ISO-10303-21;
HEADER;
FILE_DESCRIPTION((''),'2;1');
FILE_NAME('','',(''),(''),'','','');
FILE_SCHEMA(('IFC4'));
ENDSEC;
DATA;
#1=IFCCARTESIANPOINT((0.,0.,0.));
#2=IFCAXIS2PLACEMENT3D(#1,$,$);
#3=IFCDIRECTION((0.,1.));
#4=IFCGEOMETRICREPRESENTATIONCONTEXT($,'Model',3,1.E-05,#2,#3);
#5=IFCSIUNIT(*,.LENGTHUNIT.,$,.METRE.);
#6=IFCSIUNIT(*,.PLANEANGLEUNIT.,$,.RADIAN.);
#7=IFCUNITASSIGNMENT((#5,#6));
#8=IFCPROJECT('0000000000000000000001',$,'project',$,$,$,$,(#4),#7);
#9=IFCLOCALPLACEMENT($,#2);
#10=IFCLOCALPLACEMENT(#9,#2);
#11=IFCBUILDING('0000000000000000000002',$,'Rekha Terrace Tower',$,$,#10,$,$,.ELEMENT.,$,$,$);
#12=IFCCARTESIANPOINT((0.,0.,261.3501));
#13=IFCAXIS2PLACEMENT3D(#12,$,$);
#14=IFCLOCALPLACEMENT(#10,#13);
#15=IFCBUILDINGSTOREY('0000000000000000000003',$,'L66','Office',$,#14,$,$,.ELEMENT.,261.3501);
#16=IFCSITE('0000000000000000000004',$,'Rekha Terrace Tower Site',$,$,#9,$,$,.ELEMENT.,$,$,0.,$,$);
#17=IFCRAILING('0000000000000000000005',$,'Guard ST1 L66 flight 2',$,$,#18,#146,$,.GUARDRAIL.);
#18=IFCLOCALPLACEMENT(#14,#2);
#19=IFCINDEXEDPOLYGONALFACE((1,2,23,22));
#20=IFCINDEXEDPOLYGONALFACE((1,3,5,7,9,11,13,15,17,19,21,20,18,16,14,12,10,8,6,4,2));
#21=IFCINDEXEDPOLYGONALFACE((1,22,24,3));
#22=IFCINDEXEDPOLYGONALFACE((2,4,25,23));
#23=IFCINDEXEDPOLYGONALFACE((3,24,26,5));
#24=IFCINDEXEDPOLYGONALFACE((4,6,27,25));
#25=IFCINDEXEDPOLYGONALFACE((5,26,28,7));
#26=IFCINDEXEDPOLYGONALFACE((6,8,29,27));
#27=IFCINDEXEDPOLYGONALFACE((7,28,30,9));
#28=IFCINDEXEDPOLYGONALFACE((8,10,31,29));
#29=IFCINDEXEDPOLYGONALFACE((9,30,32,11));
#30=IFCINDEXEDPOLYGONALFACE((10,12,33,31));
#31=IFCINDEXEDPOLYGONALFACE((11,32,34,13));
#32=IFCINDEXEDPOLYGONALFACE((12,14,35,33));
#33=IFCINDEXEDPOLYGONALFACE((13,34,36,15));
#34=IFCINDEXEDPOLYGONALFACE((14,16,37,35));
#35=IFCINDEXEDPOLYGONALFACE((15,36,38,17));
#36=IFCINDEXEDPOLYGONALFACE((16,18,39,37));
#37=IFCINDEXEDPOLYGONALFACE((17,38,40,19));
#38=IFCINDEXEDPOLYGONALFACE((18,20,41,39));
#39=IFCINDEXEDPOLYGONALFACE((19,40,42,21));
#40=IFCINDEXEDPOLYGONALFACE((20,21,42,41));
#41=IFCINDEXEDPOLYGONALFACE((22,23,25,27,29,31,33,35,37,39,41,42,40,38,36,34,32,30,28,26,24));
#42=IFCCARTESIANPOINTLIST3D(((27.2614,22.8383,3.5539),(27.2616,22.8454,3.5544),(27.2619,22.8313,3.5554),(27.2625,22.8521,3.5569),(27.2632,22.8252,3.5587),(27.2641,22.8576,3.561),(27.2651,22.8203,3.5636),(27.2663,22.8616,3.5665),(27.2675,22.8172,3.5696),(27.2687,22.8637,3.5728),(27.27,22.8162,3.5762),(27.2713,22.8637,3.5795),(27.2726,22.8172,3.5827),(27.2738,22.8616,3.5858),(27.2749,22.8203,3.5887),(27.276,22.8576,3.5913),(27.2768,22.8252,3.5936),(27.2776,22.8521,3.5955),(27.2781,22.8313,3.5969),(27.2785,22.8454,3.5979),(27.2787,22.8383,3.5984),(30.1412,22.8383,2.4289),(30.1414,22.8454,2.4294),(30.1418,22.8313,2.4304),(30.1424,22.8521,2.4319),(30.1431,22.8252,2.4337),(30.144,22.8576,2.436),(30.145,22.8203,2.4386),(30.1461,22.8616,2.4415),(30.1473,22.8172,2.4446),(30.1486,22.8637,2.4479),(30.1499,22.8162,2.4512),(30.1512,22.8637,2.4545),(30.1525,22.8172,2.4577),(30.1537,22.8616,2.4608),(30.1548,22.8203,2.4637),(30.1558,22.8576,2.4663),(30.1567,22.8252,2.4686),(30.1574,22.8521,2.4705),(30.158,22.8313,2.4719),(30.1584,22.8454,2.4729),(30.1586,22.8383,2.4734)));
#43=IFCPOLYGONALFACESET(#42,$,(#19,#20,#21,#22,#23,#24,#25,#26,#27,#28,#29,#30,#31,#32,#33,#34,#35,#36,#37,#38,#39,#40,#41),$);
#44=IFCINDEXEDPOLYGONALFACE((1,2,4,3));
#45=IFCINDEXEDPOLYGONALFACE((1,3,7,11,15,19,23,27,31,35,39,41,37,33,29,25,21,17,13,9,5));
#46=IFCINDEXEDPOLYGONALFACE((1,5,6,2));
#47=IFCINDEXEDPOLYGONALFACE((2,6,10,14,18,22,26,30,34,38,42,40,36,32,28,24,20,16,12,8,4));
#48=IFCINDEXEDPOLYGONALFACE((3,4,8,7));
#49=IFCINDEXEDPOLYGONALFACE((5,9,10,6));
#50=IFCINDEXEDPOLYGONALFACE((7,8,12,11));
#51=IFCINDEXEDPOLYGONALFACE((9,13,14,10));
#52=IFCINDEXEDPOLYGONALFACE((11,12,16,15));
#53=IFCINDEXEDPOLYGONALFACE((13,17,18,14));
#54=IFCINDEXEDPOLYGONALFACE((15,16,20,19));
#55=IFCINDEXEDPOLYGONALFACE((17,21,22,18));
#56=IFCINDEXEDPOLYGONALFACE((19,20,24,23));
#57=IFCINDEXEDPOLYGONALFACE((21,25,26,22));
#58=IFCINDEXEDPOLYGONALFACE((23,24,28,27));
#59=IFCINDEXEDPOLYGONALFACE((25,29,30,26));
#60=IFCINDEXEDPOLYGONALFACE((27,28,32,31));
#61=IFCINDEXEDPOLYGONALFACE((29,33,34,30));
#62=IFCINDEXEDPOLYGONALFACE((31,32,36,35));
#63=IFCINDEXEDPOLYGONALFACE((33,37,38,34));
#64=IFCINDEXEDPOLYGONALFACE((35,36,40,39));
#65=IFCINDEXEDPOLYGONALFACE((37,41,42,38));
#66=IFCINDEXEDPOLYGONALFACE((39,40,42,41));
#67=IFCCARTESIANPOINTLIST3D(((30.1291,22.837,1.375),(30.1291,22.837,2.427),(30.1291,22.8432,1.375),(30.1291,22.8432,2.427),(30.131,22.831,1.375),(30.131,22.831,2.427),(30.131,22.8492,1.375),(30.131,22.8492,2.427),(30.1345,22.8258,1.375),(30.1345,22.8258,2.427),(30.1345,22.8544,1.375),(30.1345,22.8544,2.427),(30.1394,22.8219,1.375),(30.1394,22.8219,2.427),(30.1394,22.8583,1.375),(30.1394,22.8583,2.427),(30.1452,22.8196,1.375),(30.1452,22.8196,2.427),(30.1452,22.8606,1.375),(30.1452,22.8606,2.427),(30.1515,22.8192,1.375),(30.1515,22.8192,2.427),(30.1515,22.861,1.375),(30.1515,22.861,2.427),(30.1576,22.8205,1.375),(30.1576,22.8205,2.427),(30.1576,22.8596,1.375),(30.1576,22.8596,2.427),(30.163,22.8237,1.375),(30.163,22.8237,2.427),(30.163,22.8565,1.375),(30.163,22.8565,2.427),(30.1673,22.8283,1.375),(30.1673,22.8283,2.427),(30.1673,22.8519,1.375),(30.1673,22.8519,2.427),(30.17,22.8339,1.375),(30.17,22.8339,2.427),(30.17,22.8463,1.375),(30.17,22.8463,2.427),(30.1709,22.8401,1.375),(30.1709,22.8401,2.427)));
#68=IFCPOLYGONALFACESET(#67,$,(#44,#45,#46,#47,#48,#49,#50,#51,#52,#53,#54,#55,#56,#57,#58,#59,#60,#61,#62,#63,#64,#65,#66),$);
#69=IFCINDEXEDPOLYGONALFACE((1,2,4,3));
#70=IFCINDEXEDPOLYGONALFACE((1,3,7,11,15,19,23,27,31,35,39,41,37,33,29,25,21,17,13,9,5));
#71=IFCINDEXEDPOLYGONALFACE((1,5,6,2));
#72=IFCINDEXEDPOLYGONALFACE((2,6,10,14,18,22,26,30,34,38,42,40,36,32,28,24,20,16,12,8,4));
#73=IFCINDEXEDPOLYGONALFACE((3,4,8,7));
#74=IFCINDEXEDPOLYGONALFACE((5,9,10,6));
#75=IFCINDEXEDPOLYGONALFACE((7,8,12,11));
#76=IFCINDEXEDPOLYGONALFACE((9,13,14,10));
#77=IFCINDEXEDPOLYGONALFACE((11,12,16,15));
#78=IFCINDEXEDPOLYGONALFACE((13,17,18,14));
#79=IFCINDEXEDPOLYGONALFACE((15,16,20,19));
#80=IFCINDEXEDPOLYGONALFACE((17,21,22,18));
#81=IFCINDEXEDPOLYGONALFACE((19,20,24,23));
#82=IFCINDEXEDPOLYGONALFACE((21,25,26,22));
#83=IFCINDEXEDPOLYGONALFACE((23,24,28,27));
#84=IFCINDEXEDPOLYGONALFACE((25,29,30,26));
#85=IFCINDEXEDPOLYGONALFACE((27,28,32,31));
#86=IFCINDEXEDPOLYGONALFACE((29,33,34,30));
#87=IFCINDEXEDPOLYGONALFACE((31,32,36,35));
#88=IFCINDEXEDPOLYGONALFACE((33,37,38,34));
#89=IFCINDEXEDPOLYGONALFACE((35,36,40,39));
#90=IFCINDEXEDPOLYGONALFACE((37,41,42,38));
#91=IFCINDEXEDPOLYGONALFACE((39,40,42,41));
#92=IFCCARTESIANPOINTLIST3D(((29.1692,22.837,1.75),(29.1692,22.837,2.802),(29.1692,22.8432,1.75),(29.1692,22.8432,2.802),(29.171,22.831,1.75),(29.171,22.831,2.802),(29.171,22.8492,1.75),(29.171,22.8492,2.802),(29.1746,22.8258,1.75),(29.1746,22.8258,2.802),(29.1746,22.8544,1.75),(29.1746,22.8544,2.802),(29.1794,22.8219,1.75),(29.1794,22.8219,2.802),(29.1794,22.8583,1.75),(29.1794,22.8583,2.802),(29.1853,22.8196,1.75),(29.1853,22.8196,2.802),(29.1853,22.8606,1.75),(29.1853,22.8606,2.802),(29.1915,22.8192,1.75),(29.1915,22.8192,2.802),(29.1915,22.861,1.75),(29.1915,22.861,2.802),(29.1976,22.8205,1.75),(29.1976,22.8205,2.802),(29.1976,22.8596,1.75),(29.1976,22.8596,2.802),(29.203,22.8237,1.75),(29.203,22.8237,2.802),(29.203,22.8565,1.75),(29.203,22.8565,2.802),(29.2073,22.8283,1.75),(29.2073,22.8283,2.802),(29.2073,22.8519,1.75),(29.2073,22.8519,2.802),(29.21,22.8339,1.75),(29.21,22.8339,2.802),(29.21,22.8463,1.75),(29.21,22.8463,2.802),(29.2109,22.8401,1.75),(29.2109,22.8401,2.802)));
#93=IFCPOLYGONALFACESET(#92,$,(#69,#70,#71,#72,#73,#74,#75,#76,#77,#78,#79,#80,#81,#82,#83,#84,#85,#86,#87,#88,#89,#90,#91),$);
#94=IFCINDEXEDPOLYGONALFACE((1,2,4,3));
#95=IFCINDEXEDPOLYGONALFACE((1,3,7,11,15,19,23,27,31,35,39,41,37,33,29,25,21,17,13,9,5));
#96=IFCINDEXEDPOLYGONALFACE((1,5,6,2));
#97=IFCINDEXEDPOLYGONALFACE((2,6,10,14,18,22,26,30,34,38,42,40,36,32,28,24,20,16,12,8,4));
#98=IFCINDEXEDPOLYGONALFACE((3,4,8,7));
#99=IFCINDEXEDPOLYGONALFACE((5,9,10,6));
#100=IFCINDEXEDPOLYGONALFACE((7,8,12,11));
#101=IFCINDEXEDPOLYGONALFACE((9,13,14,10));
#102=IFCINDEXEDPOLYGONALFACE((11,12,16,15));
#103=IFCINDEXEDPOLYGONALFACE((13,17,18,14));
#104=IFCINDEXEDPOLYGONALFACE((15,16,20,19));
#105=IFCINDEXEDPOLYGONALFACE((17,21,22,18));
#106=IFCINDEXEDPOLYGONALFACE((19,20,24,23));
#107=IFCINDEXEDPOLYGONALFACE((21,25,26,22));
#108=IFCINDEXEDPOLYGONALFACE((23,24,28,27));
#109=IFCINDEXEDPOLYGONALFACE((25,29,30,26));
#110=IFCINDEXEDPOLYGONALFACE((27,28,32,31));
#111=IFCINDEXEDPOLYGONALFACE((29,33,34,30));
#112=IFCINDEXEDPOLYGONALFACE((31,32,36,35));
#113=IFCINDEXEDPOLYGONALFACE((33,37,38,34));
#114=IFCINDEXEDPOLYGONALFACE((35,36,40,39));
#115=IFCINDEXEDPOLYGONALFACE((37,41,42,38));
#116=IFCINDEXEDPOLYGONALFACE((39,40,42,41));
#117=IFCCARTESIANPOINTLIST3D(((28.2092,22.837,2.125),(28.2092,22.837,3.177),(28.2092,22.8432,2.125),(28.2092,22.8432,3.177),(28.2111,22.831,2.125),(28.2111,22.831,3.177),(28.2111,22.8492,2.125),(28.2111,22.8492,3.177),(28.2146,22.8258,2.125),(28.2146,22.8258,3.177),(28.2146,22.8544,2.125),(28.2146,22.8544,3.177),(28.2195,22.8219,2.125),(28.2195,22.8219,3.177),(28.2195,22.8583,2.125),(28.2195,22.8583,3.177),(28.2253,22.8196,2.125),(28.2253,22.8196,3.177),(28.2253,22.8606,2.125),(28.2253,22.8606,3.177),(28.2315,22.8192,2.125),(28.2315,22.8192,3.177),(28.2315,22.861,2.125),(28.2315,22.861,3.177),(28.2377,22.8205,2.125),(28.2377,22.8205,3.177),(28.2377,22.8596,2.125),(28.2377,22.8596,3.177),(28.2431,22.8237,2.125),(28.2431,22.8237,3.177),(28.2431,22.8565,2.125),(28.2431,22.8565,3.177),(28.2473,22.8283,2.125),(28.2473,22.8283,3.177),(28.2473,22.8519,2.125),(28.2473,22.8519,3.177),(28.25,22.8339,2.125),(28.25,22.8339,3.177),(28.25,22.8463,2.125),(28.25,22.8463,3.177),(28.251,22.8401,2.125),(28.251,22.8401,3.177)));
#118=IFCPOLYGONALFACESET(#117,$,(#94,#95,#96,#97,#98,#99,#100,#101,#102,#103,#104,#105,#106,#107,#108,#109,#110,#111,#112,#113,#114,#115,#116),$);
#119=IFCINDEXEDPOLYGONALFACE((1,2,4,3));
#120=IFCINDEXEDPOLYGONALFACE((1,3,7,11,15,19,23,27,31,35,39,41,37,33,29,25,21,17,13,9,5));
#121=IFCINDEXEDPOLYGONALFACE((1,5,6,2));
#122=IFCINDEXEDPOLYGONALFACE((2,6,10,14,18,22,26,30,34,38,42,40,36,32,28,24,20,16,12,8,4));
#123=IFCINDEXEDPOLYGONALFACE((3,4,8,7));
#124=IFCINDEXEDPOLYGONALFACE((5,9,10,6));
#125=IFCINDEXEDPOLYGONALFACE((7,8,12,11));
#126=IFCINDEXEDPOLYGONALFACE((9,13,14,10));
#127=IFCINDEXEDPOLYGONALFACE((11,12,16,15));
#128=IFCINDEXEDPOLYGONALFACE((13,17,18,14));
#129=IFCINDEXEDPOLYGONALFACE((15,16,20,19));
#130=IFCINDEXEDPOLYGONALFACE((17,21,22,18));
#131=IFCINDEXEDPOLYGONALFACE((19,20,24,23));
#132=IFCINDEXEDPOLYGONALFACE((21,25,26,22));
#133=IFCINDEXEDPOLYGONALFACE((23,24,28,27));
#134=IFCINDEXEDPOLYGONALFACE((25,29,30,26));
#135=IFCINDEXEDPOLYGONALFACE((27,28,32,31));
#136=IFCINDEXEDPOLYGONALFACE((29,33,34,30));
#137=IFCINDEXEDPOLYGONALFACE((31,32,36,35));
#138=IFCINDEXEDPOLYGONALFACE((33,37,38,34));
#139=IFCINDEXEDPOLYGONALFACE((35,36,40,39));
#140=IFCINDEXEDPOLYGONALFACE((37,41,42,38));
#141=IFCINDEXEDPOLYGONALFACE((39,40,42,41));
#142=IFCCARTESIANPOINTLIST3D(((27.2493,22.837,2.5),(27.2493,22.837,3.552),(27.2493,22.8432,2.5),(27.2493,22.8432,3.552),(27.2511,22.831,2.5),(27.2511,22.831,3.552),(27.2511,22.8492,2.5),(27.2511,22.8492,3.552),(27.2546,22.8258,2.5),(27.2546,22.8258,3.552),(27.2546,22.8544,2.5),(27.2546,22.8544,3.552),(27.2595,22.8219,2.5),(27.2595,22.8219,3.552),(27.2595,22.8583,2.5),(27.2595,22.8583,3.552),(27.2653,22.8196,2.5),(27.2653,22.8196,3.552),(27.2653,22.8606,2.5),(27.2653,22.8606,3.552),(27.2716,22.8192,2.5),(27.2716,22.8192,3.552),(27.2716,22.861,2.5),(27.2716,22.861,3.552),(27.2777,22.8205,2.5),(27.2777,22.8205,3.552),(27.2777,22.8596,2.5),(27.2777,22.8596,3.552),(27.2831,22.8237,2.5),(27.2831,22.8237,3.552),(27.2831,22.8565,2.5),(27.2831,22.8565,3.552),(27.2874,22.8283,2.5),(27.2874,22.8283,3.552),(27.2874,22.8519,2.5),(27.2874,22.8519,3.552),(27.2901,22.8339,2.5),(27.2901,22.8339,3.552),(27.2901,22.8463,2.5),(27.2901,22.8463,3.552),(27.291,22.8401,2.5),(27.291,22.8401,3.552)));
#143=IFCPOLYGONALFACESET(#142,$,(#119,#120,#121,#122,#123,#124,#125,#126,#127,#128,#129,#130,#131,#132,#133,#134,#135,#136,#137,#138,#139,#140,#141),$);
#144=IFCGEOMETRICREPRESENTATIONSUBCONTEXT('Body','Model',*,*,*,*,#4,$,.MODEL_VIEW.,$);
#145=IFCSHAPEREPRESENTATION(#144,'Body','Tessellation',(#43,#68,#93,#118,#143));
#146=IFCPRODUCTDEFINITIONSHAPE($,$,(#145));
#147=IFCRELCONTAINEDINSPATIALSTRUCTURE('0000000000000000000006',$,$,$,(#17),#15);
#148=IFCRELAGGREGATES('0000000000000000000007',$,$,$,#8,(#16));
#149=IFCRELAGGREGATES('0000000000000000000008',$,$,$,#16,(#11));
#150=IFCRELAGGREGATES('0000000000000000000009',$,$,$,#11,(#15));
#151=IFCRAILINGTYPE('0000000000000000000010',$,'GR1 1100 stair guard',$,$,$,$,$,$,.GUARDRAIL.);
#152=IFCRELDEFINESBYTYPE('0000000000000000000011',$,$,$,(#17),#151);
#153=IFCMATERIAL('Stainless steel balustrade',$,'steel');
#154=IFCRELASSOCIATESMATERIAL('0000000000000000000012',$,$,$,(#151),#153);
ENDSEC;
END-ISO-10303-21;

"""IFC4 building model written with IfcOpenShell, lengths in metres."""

from ifc_helpers import new_model, si_unit, direction, frame, origin, origin_2d, place, context, subcontext, project, spatial, circle, extrude, material, type_object, element, save


model = new_model("IFC4")

# Units and contexts
model_context = context("Model", 3, precision=1e-05, world=origin(), true_north=direction((0.0, 1.0)))
body_context = subcontext(model_context, "Body", "Model", "MODEL_VIEW")
ifc_project = project(units=[si_unit("LENGTHUNIT", "METRE"), si_unit("PLANEANGLEUNIT", "RADIAN")], contexts=[model_context])

# Site, building, storey
site_placement = place(None, origin())
site = spatial("IfcSite", under=ifc_project, at=site_placement, Name="Rekha Terrace Tower Site", CompositionType="ELEMENT", RefElevation=0.0)
building_placement = place(site_placement, origin())
building = spatial("IfcBuilding", under=site, at=building_placement, Name="Rekha Terrace Tower", CompositionType="ELEMENT")
storey_placement = place(building_placement, frame((0.0, 0.0, 261.3501)))
storey = spatial("IfcBuildingStorey", under=building, at=storey_placement, Name="L66", Description="Office", CompositionType="ELEMENT", Elevation=261.3501)

# Railing
ifc_material_1 = material(Name="Stainless steel balustrade", Category="steel")
railing_type_1 = type_object("IfcRailingType", Name="GR1 1100 stair guard", PredefinedType="GUARDRAIL", material=ifc_material_1)
railing_1_placement = place(storey_placement, frame((30.1499, 22.8401, 1.375)))
element("IfcRailing", 1, at=railing_1_placement, inside=storey, type_object=railing_type_1, Name="Guard ST1 L66 flight 2", PredefinedType="GUARDRAIL", context=body_context, shape_type="SweptSolid", body=[
    extrude(circle(Radius=0.0239, at=origin_2d()), frame((0.0, 0.0, 1.0762), z_axis=(-0.931452, 0.0, 0.363863), x_axis=(0.0, -1.0, 0.0)), (0.0, 0.0, 1.0), 3.0918),
    extrude(circle(Radius=0.021, at=origin_2d()), origin(), (0.0, 0.0, 1.0), 1.052),
    extrude(circle(Radius=0.021, at=origin_2d()), frame((-0.96, 0.0, 0.375)), (0.0, 0.0, 1.0), 1.052),
    extrude(circle(Radius=0.021, at=origin_2d()), frame((-1.9199, 0.0, 0.75)), (0.0, 0.0, 1.0), 1.052),
    extrude(circle(Radius=0.021, at=origin_2d()), frame((-2.8799, 0.0, 1.125)), (0.0, 0.0, 1.0), 1.052),
])

save(model, "model.ifc")
